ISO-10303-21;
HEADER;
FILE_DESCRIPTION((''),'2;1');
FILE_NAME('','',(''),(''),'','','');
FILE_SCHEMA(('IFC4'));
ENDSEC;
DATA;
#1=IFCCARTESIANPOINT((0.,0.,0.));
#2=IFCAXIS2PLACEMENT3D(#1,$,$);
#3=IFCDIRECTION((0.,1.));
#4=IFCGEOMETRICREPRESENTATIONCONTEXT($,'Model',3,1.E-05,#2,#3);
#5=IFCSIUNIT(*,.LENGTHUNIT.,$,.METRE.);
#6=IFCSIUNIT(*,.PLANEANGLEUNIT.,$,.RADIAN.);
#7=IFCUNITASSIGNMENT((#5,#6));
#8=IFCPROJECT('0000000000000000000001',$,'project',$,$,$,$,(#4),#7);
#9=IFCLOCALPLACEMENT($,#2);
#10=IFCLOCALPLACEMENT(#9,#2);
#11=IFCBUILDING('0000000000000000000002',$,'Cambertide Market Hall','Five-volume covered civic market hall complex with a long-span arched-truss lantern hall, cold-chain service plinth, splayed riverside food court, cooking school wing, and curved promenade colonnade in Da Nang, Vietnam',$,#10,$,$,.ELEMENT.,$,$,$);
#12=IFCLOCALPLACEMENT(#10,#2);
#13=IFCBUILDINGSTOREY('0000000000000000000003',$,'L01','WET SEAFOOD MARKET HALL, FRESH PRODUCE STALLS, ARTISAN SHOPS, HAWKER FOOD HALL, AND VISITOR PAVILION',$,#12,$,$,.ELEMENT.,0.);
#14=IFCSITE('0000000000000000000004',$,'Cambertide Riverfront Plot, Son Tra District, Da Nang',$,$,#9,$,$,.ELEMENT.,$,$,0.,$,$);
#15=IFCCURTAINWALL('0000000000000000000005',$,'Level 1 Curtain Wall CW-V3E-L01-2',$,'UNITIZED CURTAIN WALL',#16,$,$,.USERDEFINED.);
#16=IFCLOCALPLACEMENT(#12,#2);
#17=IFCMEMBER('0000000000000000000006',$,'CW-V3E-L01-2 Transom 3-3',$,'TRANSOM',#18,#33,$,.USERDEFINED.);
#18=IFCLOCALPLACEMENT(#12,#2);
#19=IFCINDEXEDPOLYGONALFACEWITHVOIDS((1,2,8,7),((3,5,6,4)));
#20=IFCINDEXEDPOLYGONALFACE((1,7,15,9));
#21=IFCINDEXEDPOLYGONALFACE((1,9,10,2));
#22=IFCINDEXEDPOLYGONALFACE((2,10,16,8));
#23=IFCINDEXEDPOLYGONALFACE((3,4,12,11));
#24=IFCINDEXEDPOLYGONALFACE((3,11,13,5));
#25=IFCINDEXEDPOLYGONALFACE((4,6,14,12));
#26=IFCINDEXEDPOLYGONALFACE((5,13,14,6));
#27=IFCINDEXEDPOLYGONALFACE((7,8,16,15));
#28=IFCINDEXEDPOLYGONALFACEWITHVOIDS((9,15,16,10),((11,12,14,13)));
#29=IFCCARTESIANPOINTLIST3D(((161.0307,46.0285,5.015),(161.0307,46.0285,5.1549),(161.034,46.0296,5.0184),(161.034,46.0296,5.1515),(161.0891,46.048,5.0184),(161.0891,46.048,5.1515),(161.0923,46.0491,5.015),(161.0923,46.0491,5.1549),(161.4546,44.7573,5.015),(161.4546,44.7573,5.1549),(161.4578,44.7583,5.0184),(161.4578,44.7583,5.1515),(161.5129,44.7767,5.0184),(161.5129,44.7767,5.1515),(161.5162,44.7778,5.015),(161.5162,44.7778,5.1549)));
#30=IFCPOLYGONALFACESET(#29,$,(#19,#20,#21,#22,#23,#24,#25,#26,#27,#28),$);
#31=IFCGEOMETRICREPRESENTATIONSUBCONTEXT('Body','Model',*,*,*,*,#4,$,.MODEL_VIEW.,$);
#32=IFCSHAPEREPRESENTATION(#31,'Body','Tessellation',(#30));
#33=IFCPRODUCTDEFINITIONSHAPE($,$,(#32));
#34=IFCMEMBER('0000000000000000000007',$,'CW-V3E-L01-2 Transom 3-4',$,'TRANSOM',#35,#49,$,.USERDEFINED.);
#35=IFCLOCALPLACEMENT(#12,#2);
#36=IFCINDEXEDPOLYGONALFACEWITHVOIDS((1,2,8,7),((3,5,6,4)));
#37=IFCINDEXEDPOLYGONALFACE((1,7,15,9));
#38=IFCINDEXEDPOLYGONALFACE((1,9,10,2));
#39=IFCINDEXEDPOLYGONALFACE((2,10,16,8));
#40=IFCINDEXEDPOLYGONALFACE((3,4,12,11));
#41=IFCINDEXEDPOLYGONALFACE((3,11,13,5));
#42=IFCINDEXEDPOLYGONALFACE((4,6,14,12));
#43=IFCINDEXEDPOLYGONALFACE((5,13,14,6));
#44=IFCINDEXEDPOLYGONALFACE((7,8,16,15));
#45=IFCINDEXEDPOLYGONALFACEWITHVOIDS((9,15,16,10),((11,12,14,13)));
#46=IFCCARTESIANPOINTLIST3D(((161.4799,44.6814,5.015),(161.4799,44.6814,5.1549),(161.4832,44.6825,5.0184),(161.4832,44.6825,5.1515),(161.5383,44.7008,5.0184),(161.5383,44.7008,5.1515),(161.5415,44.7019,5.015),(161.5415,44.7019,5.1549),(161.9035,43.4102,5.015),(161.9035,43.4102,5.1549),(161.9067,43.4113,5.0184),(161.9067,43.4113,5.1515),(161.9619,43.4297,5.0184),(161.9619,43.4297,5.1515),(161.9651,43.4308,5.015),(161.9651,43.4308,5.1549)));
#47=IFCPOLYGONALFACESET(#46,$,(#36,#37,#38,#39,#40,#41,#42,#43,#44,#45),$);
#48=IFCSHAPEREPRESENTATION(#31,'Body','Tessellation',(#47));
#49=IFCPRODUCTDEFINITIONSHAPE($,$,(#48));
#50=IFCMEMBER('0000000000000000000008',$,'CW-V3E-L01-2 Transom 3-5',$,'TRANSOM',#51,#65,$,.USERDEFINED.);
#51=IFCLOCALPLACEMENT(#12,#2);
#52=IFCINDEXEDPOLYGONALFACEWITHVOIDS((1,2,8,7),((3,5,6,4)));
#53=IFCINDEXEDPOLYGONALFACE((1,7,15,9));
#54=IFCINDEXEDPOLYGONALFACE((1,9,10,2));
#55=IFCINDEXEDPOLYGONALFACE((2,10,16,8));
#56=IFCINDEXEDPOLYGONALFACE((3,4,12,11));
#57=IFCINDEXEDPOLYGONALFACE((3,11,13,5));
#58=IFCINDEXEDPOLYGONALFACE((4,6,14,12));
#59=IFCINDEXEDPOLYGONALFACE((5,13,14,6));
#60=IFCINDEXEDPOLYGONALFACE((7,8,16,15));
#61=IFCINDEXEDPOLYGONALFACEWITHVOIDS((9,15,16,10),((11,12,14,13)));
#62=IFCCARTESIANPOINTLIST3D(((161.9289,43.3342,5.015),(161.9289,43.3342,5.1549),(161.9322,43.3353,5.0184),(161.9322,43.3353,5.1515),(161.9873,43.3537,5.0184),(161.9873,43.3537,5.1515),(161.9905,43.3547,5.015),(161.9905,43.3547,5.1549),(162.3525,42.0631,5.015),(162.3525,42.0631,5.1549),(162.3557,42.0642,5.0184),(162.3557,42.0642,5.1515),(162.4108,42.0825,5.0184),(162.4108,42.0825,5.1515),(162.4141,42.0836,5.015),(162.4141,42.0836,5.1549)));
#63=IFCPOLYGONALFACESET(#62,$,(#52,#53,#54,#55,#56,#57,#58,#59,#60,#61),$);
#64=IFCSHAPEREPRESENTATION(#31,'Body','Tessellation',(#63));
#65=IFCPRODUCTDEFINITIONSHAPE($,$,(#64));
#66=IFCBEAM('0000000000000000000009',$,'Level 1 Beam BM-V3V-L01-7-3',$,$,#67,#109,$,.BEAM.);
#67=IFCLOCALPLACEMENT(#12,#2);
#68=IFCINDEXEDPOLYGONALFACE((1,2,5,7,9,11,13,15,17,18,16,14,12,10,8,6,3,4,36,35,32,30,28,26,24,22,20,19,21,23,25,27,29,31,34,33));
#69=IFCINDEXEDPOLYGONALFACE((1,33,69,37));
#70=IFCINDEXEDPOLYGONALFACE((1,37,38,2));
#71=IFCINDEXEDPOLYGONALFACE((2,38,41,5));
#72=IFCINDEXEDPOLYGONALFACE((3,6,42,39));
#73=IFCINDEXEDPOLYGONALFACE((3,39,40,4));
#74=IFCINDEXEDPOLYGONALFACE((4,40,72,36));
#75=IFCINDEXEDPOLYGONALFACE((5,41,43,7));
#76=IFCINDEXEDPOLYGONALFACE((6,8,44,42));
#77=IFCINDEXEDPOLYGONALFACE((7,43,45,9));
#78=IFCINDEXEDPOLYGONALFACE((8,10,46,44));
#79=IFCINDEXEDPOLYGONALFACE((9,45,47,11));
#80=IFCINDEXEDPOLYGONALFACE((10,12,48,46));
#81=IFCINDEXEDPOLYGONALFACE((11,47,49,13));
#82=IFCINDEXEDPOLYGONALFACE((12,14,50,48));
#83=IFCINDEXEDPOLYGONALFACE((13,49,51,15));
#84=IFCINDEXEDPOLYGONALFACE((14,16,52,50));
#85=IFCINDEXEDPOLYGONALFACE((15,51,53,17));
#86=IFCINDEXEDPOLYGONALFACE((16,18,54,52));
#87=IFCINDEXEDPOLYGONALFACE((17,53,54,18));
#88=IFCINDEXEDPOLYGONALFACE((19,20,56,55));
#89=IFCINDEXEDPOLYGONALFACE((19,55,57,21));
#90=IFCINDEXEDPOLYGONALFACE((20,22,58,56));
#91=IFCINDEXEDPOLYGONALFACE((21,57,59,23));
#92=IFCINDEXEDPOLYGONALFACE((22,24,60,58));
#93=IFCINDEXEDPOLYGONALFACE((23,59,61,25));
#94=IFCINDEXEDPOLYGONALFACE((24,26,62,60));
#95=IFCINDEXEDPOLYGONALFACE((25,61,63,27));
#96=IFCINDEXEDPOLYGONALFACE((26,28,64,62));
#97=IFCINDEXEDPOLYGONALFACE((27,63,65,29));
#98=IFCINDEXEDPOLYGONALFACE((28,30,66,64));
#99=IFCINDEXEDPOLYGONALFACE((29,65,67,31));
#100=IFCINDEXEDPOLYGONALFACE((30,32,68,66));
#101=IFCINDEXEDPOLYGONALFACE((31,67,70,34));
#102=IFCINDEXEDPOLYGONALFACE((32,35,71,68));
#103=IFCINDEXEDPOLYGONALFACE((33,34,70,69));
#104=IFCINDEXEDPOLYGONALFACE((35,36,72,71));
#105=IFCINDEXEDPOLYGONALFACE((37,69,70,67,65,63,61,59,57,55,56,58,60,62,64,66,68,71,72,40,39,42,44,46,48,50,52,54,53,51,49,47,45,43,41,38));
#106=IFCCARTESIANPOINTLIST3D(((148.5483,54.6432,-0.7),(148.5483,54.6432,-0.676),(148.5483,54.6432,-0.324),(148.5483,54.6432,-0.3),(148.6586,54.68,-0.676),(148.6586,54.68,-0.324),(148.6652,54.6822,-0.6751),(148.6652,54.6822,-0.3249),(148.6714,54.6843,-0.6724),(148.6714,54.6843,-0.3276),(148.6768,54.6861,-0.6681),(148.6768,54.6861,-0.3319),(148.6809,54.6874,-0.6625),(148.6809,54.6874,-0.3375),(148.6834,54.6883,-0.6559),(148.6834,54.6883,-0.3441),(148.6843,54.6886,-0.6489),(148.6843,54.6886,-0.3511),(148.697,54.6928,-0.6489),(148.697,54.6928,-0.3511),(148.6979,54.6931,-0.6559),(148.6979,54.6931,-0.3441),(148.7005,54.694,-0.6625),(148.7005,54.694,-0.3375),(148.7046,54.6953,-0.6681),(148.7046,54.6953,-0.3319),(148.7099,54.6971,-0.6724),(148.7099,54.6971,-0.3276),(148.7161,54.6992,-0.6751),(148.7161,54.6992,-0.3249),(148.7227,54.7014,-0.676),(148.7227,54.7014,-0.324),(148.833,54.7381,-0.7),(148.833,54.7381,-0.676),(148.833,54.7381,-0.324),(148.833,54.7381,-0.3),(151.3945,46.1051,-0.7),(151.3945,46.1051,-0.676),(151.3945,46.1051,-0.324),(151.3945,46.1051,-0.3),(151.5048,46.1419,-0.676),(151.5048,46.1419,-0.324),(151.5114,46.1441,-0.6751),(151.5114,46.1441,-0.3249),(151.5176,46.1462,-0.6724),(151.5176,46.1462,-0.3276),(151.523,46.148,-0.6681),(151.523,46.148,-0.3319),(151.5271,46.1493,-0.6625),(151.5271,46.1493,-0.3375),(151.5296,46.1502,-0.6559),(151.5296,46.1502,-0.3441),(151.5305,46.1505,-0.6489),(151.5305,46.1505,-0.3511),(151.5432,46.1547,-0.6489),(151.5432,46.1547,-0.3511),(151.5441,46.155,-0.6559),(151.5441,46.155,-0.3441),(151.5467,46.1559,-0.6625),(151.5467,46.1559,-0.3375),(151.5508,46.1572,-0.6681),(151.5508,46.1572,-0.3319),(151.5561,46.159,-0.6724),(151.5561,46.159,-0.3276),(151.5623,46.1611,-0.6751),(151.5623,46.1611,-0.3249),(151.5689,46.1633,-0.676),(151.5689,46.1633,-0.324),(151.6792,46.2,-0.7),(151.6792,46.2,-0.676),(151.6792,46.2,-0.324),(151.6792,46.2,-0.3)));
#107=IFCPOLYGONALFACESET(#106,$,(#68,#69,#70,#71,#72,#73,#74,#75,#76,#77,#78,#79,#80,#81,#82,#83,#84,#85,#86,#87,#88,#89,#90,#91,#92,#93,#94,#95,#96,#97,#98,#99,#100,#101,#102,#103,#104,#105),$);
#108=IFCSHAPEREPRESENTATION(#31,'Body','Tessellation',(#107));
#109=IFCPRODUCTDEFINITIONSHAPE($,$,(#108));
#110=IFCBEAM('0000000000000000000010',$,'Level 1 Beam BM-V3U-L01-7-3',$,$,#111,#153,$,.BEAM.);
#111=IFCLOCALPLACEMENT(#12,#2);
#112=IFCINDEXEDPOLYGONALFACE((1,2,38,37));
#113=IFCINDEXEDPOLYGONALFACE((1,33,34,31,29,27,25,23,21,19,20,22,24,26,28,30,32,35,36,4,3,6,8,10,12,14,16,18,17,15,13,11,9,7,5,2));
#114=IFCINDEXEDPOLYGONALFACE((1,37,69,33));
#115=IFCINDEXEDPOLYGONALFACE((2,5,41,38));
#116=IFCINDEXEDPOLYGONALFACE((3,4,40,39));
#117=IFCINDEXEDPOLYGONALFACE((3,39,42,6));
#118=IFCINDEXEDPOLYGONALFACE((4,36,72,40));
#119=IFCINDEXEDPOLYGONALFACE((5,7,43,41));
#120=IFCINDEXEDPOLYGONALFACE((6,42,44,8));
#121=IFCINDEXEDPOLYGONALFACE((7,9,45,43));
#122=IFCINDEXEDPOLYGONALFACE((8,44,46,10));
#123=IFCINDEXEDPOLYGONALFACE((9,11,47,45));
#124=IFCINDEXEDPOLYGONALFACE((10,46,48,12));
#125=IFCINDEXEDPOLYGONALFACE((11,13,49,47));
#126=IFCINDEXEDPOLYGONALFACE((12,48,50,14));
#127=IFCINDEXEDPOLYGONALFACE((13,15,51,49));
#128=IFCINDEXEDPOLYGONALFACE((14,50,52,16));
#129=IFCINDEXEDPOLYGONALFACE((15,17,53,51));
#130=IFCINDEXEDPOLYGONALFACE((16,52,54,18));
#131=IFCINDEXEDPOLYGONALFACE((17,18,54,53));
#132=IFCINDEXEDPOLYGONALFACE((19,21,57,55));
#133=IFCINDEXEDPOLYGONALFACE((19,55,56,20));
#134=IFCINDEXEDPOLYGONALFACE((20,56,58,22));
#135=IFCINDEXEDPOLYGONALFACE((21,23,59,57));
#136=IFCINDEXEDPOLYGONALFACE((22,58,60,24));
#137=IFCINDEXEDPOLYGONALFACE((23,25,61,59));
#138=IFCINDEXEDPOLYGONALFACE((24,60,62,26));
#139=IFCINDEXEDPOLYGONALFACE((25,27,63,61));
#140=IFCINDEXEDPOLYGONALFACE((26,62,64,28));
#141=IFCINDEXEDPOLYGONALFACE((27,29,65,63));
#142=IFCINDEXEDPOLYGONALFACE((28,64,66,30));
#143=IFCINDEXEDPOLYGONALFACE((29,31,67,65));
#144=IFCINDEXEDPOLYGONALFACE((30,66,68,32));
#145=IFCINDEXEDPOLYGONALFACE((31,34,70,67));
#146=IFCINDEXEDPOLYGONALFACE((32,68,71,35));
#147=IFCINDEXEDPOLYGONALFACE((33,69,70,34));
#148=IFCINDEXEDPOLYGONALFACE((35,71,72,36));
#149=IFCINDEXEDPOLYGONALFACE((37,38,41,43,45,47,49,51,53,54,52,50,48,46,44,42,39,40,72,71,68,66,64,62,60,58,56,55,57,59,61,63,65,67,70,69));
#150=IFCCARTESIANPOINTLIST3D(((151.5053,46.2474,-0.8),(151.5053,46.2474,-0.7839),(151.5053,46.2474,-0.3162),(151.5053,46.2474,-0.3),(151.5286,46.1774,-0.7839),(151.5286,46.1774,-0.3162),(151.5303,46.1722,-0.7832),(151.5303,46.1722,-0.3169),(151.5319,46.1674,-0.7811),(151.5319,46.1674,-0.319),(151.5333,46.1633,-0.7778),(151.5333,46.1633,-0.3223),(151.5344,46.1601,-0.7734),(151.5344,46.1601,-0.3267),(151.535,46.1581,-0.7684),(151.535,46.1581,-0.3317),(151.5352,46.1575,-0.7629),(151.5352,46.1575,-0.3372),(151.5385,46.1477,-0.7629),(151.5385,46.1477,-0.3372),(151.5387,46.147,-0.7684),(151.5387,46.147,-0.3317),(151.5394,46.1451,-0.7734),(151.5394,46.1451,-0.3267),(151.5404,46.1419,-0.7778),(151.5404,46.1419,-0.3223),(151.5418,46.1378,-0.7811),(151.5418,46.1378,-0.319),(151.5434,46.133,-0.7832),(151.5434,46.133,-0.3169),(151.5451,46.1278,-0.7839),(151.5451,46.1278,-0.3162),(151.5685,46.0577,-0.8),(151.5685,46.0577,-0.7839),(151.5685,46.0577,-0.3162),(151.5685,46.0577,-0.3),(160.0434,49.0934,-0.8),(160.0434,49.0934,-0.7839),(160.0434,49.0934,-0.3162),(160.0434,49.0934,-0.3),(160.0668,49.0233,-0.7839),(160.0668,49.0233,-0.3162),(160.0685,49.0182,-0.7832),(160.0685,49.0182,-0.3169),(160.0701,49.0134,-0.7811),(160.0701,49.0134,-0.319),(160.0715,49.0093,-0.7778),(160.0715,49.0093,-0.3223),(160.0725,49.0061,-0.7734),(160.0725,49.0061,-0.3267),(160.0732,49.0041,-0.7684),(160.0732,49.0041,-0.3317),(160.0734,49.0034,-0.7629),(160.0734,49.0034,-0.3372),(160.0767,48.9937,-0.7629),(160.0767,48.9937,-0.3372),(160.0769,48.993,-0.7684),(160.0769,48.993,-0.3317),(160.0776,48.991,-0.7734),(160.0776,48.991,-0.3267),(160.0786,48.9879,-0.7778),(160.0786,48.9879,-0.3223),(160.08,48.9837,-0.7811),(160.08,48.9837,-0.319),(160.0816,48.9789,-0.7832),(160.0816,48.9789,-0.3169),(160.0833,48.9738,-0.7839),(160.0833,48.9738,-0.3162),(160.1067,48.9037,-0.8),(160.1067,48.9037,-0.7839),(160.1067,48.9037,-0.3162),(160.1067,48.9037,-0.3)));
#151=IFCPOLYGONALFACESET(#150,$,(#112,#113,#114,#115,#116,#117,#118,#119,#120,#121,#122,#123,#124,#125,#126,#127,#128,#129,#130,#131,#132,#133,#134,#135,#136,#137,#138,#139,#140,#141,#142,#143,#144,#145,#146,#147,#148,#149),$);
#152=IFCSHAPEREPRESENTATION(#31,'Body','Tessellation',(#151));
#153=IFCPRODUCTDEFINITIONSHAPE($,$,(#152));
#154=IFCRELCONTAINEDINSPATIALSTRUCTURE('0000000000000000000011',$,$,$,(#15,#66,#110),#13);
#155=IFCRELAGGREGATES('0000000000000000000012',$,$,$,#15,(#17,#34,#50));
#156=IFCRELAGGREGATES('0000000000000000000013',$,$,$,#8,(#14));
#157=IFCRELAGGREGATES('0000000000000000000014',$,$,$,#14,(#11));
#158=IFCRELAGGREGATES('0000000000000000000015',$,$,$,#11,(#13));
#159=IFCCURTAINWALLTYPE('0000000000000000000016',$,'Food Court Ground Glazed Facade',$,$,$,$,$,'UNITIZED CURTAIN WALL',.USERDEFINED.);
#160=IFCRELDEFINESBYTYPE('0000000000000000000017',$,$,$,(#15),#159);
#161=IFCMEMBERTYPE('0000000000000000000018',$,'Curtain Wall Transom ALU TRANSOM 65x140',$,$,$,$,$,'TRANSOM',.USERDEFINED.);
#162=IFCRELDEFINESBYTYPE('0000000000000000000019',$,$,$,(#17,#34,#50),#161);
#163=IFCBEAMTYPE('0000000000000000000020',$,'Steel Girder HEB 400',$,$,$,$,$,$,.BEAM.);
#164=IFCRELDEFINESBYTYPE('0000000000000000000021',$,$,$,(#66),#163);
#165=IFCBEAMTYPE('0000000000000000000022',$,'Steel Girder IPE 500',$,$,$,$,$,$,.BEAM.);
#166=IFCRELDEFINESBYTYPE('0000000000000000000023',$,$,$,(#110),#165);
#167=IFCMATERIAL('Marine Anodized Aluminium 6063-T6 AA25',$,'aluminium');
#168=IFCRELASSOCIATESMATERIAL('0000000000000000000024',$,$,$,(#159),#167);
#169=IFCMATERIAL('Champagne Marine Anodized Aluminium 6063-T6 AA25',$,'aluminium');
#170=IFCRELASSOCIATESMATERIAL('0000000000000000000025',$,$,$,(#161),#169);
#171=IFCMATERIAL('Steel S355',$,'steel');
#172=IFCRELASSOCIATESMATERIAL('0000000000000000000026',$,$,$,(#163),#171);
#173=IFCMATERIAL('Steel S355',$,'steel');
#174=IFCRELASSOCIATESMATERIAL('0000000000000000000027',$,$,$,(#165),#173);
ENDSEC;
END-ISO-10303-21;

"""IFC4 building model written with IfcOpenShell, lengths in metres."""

from ifc_helpers import new_model, si_unit, direction, frame, origin, origin_2d, place, context, subcontext, project, spatial, hollow_rectangle, i_section, extrude, material, material_profile, profile_set, type_object, element, aggregate, save


model = new_model("IFC4")

# Units and contexts
model_context = context("Model", 3, precision=1e-05, world=origin(), true_north=direction((0.0, 1.0)))
body_context = subcontext(model_context, "Body", "Model", "MODEL_VIEW")
ifc_project = project(units=[si_unit("LENGTHUNIT", "METRE"), si_unit("PLANEANGLEUNIT", "RADIAN")], contexts=[model_context])

# Site, building, storey
site_placement = place(None, origin())
site = spatial("IfcSite", under=ifc_project, at=site_placement, Name="Cambertide Riverfront Plot, Son Tra District, Da Nang", CompositionType="ELEMENT", RefElevation=0.0)
building_placement = place(site_placement, origin())
building = spatial("IfcBuilding", under=site, at=building_placement, Name="Cambertide Market Hall", Description="Five-volume covered civic market hall complex with a long-span arched-truss lantern hall, cold-chain service plinth, splayed riverside food court, cooking school wing, and curved promenade colonnade in Da Nang, Vietnam", CompositionType="ELEMENT")
storey_placement = place(building_placement, origin())
storey = spatial("IfcBuildingStorey", under=building, at=storey_placement, Name="L01", Description="WET SEAFOOD MARKET HALL, FRESH PRODUCE STALLS, ARTISAN SHOPS, HAWKER FOOD HALL, AND VISITOR PAVILION", CompositionType="ELEMENT", Elevation=0.0)

# Curtain wall, members
ifc_material_1 = material(Name="Marine Anodized Aluminium 6063-T6 AA25", Category="aluminium")
curtain_wall_type = type_object("IfcCurtainWallType", Name="Food Court Ground Glazed Facade", ElementType="UNITIZED CURTAIN WALL", PredefinedType="USERDEFINED", material=ifc_material_1)
curtain_wall_placement = place(storey_placement, origin())
curtain_wall = element("IfcCurtainWall", 1, at=curtain_wall_placement, inside=storey, type_object=curtain_wall_type, Name="Level 1 Curtain Wall CW-V3E-L01-2", ObjectType="UNITIZED CURTAIN WALL", PredefinedType="USERDEFINED")
ifc_material_2 = material(Name="Champagne Marine Anodized Aluminium 6063-T6 AA25", Category="aluminium")
ifc_material_profile_1 = material_profile(ifc_material_2, hollow_rectangle(XDim=0.0649, YDim=0.1399, WallThickness=0.0034, at=origin_2d()), Name="ALU TRANSOM 65x140")
ifc_profile_set_1 = profile_set([ifc_material_profile_1], Name="Champagne Marine Anodized Aluminium 6063-T6 AA25")
member_type_1 = type_object("IfcMemberType", Name="Curtain Wall Transom ALU TRANSOM 65x140", ElementType="TRANSOM", PredefinedType="USERDEFINED", material=ifc_profile_set_1)
member_1_placement = place(storey_placement, frame((161.0615, 46.0388, 5.085), z_axis=(0.316282, -0.948665, 0.0), x_axis=(0.948665, 0.316282, 0.0)))
member_1 = element("IfcMember", 2, at=member_1_placement, type_object=member_type_1, Name="CW-V3E-L01-2 Transom 3-3", ObjectType="TRANSOM", PredefinedType="USERDEFINED", context=body_context, shape_type="SweptSolid", body=[
    extrude(hollow_rectangle(XDim=0.0649, YDim=0.1399, WallThickness=0.0034, at=origin_2d()), origin(), (0.0, 0.0, 1.0), 1.3401),
])
member_2_placement = place(storey_placement, frame((161.5107, 44.6917, 5.085), z_axis=(0.316118, -0.94872, 0.0), x_axis=(0.94872, 0.316118, 0.0)))
member_2 = element("IfcMember", 3, at=member_2_placement, type_object=member_type_1, Name="CW-V3E-L01-2 Transom 3-4", ObjectType="TRANSOM", PredefinedType="USERDEFINED", context=body_context, shape_type="SweptSolid", body=[
    extrude(hollow_rectangle(XDim=0.0649, YDim=0.1399, WallThickness=0.0034, at=origin_2d()), origin(), (0.0, 0.0, 1.0), 1.3398),
])
member_3_placement = place(storey_placement, frame((161.9597, 43.3445, 5.085), z_axis=(0.316118, -0.94872, 0.0), x_axis=(0.94872, 0.316118, 0.0)))
member_3 = element("IfcMember", 4, at=member_3_placement, type_object=member_type_1, Name="CW-V3E-L01-2 Transom 3-5", ObjectType="TRANSOM", PredefinedType="USERDEFINED", context=body_context, shape_type="SweptSolid", body=[
    extrude(hollow_rectangle(XDim=0.0649, YDim=0.1399, WallThickness=0.0034, at=origin_2d()), origin(), (0.0, 0.0, 1.0), 1.3398),
])

# Beams
ifc_material_3 = material(Name="Steel S355", Category="steel")
ifc_material_profile_2 = material_profile(ifc_material_3, i_section(OverallWidth=0.3, OverallDepth=0.3999, WebThickness=0.0134, FlangeThickness=0.0239, FilletRadius=0.0271, at=origin_2d()), Name="HEB 400")
ifc_profile_set_2 = profile_set([ifc_material_profile_2], Name="Steel S355")
beam_type_1 = type_object("IfcBeamType", Name="Steel Girder HEB 400", PredefinedType="BEAM", material=ifc_profile_set_2)
beam_1_placement = place(storey_placement, frame((151.5369, 46.1526, -0.5), z_axis=(-0.316244, 0.948678, 0.0), x_axis=(-0.948678, -0.316244, 0.0)))
element("IfcBeam", 5, at=beam_1_placement, inside=storey, type_object=beam_type_1, Name="Level 1 Beam BM-V3V-L01-7-3", PredefinedType="BEAM", context=body_context, shape_type="SweptSolid", body=[
    extrude(i_section(OverallWidth=0.3, OverallDepth=0.3999, WebThickness=0.0134, FlangeThickness=0.0239, FilletRadius=0.0271, at=origin_2d()), origin(), (0.0, 0.0, 1.0), 9.0),
])
ifc_material_4 = material(Name="Steel S355", Category="steel")
ifc_material_profile_3 = material_profile(ifc_material_4, i_section(OverallWidth=0.2, OverallDepth=0.5, WebThickness=0.0103, FlangeThickness=0.0161, FilletRadius=0.021, at=origin_2d()), Name="IPE 500")
ifc_profile_set_3 = profile_set([ifc_material_profile_3], Name="Steel S355")
beam_type_2 = type_object("IfcBeamType", Name="Steel Girder IPE 500", PredefinedType="BEAM", material=ifc_profile_set_3)
beam_2_placement = place(storey_placement, frame((151.5369, 46.1526, -0.55), z_axis=(0.948686, 0.31622, 0.0), x_axis=(-0.31622, 0.948686, 0.0)))
element("IfcBeam", 6, at=beam_2_placement, inside=storey, type_object=beam_type_2, Name="Level 1 Beam BM-V3U-L01-7-3", PredefinedType="BEAM", context=body_context, shape_type="SweptSolid", body=[
    extrude(i_section(OverallWidth=0.2, OverallDepth=0.5, WebThickness=0.0103, FlangeThickness=0.0161, FilletRadius=0.021, at=origin_2d()), origin(), (0.0, 0.0, 1.0), 9.0),
])

aggregate(curtain_wall, [member_1, member_2, member_3])

save(model, "model.ifc")
